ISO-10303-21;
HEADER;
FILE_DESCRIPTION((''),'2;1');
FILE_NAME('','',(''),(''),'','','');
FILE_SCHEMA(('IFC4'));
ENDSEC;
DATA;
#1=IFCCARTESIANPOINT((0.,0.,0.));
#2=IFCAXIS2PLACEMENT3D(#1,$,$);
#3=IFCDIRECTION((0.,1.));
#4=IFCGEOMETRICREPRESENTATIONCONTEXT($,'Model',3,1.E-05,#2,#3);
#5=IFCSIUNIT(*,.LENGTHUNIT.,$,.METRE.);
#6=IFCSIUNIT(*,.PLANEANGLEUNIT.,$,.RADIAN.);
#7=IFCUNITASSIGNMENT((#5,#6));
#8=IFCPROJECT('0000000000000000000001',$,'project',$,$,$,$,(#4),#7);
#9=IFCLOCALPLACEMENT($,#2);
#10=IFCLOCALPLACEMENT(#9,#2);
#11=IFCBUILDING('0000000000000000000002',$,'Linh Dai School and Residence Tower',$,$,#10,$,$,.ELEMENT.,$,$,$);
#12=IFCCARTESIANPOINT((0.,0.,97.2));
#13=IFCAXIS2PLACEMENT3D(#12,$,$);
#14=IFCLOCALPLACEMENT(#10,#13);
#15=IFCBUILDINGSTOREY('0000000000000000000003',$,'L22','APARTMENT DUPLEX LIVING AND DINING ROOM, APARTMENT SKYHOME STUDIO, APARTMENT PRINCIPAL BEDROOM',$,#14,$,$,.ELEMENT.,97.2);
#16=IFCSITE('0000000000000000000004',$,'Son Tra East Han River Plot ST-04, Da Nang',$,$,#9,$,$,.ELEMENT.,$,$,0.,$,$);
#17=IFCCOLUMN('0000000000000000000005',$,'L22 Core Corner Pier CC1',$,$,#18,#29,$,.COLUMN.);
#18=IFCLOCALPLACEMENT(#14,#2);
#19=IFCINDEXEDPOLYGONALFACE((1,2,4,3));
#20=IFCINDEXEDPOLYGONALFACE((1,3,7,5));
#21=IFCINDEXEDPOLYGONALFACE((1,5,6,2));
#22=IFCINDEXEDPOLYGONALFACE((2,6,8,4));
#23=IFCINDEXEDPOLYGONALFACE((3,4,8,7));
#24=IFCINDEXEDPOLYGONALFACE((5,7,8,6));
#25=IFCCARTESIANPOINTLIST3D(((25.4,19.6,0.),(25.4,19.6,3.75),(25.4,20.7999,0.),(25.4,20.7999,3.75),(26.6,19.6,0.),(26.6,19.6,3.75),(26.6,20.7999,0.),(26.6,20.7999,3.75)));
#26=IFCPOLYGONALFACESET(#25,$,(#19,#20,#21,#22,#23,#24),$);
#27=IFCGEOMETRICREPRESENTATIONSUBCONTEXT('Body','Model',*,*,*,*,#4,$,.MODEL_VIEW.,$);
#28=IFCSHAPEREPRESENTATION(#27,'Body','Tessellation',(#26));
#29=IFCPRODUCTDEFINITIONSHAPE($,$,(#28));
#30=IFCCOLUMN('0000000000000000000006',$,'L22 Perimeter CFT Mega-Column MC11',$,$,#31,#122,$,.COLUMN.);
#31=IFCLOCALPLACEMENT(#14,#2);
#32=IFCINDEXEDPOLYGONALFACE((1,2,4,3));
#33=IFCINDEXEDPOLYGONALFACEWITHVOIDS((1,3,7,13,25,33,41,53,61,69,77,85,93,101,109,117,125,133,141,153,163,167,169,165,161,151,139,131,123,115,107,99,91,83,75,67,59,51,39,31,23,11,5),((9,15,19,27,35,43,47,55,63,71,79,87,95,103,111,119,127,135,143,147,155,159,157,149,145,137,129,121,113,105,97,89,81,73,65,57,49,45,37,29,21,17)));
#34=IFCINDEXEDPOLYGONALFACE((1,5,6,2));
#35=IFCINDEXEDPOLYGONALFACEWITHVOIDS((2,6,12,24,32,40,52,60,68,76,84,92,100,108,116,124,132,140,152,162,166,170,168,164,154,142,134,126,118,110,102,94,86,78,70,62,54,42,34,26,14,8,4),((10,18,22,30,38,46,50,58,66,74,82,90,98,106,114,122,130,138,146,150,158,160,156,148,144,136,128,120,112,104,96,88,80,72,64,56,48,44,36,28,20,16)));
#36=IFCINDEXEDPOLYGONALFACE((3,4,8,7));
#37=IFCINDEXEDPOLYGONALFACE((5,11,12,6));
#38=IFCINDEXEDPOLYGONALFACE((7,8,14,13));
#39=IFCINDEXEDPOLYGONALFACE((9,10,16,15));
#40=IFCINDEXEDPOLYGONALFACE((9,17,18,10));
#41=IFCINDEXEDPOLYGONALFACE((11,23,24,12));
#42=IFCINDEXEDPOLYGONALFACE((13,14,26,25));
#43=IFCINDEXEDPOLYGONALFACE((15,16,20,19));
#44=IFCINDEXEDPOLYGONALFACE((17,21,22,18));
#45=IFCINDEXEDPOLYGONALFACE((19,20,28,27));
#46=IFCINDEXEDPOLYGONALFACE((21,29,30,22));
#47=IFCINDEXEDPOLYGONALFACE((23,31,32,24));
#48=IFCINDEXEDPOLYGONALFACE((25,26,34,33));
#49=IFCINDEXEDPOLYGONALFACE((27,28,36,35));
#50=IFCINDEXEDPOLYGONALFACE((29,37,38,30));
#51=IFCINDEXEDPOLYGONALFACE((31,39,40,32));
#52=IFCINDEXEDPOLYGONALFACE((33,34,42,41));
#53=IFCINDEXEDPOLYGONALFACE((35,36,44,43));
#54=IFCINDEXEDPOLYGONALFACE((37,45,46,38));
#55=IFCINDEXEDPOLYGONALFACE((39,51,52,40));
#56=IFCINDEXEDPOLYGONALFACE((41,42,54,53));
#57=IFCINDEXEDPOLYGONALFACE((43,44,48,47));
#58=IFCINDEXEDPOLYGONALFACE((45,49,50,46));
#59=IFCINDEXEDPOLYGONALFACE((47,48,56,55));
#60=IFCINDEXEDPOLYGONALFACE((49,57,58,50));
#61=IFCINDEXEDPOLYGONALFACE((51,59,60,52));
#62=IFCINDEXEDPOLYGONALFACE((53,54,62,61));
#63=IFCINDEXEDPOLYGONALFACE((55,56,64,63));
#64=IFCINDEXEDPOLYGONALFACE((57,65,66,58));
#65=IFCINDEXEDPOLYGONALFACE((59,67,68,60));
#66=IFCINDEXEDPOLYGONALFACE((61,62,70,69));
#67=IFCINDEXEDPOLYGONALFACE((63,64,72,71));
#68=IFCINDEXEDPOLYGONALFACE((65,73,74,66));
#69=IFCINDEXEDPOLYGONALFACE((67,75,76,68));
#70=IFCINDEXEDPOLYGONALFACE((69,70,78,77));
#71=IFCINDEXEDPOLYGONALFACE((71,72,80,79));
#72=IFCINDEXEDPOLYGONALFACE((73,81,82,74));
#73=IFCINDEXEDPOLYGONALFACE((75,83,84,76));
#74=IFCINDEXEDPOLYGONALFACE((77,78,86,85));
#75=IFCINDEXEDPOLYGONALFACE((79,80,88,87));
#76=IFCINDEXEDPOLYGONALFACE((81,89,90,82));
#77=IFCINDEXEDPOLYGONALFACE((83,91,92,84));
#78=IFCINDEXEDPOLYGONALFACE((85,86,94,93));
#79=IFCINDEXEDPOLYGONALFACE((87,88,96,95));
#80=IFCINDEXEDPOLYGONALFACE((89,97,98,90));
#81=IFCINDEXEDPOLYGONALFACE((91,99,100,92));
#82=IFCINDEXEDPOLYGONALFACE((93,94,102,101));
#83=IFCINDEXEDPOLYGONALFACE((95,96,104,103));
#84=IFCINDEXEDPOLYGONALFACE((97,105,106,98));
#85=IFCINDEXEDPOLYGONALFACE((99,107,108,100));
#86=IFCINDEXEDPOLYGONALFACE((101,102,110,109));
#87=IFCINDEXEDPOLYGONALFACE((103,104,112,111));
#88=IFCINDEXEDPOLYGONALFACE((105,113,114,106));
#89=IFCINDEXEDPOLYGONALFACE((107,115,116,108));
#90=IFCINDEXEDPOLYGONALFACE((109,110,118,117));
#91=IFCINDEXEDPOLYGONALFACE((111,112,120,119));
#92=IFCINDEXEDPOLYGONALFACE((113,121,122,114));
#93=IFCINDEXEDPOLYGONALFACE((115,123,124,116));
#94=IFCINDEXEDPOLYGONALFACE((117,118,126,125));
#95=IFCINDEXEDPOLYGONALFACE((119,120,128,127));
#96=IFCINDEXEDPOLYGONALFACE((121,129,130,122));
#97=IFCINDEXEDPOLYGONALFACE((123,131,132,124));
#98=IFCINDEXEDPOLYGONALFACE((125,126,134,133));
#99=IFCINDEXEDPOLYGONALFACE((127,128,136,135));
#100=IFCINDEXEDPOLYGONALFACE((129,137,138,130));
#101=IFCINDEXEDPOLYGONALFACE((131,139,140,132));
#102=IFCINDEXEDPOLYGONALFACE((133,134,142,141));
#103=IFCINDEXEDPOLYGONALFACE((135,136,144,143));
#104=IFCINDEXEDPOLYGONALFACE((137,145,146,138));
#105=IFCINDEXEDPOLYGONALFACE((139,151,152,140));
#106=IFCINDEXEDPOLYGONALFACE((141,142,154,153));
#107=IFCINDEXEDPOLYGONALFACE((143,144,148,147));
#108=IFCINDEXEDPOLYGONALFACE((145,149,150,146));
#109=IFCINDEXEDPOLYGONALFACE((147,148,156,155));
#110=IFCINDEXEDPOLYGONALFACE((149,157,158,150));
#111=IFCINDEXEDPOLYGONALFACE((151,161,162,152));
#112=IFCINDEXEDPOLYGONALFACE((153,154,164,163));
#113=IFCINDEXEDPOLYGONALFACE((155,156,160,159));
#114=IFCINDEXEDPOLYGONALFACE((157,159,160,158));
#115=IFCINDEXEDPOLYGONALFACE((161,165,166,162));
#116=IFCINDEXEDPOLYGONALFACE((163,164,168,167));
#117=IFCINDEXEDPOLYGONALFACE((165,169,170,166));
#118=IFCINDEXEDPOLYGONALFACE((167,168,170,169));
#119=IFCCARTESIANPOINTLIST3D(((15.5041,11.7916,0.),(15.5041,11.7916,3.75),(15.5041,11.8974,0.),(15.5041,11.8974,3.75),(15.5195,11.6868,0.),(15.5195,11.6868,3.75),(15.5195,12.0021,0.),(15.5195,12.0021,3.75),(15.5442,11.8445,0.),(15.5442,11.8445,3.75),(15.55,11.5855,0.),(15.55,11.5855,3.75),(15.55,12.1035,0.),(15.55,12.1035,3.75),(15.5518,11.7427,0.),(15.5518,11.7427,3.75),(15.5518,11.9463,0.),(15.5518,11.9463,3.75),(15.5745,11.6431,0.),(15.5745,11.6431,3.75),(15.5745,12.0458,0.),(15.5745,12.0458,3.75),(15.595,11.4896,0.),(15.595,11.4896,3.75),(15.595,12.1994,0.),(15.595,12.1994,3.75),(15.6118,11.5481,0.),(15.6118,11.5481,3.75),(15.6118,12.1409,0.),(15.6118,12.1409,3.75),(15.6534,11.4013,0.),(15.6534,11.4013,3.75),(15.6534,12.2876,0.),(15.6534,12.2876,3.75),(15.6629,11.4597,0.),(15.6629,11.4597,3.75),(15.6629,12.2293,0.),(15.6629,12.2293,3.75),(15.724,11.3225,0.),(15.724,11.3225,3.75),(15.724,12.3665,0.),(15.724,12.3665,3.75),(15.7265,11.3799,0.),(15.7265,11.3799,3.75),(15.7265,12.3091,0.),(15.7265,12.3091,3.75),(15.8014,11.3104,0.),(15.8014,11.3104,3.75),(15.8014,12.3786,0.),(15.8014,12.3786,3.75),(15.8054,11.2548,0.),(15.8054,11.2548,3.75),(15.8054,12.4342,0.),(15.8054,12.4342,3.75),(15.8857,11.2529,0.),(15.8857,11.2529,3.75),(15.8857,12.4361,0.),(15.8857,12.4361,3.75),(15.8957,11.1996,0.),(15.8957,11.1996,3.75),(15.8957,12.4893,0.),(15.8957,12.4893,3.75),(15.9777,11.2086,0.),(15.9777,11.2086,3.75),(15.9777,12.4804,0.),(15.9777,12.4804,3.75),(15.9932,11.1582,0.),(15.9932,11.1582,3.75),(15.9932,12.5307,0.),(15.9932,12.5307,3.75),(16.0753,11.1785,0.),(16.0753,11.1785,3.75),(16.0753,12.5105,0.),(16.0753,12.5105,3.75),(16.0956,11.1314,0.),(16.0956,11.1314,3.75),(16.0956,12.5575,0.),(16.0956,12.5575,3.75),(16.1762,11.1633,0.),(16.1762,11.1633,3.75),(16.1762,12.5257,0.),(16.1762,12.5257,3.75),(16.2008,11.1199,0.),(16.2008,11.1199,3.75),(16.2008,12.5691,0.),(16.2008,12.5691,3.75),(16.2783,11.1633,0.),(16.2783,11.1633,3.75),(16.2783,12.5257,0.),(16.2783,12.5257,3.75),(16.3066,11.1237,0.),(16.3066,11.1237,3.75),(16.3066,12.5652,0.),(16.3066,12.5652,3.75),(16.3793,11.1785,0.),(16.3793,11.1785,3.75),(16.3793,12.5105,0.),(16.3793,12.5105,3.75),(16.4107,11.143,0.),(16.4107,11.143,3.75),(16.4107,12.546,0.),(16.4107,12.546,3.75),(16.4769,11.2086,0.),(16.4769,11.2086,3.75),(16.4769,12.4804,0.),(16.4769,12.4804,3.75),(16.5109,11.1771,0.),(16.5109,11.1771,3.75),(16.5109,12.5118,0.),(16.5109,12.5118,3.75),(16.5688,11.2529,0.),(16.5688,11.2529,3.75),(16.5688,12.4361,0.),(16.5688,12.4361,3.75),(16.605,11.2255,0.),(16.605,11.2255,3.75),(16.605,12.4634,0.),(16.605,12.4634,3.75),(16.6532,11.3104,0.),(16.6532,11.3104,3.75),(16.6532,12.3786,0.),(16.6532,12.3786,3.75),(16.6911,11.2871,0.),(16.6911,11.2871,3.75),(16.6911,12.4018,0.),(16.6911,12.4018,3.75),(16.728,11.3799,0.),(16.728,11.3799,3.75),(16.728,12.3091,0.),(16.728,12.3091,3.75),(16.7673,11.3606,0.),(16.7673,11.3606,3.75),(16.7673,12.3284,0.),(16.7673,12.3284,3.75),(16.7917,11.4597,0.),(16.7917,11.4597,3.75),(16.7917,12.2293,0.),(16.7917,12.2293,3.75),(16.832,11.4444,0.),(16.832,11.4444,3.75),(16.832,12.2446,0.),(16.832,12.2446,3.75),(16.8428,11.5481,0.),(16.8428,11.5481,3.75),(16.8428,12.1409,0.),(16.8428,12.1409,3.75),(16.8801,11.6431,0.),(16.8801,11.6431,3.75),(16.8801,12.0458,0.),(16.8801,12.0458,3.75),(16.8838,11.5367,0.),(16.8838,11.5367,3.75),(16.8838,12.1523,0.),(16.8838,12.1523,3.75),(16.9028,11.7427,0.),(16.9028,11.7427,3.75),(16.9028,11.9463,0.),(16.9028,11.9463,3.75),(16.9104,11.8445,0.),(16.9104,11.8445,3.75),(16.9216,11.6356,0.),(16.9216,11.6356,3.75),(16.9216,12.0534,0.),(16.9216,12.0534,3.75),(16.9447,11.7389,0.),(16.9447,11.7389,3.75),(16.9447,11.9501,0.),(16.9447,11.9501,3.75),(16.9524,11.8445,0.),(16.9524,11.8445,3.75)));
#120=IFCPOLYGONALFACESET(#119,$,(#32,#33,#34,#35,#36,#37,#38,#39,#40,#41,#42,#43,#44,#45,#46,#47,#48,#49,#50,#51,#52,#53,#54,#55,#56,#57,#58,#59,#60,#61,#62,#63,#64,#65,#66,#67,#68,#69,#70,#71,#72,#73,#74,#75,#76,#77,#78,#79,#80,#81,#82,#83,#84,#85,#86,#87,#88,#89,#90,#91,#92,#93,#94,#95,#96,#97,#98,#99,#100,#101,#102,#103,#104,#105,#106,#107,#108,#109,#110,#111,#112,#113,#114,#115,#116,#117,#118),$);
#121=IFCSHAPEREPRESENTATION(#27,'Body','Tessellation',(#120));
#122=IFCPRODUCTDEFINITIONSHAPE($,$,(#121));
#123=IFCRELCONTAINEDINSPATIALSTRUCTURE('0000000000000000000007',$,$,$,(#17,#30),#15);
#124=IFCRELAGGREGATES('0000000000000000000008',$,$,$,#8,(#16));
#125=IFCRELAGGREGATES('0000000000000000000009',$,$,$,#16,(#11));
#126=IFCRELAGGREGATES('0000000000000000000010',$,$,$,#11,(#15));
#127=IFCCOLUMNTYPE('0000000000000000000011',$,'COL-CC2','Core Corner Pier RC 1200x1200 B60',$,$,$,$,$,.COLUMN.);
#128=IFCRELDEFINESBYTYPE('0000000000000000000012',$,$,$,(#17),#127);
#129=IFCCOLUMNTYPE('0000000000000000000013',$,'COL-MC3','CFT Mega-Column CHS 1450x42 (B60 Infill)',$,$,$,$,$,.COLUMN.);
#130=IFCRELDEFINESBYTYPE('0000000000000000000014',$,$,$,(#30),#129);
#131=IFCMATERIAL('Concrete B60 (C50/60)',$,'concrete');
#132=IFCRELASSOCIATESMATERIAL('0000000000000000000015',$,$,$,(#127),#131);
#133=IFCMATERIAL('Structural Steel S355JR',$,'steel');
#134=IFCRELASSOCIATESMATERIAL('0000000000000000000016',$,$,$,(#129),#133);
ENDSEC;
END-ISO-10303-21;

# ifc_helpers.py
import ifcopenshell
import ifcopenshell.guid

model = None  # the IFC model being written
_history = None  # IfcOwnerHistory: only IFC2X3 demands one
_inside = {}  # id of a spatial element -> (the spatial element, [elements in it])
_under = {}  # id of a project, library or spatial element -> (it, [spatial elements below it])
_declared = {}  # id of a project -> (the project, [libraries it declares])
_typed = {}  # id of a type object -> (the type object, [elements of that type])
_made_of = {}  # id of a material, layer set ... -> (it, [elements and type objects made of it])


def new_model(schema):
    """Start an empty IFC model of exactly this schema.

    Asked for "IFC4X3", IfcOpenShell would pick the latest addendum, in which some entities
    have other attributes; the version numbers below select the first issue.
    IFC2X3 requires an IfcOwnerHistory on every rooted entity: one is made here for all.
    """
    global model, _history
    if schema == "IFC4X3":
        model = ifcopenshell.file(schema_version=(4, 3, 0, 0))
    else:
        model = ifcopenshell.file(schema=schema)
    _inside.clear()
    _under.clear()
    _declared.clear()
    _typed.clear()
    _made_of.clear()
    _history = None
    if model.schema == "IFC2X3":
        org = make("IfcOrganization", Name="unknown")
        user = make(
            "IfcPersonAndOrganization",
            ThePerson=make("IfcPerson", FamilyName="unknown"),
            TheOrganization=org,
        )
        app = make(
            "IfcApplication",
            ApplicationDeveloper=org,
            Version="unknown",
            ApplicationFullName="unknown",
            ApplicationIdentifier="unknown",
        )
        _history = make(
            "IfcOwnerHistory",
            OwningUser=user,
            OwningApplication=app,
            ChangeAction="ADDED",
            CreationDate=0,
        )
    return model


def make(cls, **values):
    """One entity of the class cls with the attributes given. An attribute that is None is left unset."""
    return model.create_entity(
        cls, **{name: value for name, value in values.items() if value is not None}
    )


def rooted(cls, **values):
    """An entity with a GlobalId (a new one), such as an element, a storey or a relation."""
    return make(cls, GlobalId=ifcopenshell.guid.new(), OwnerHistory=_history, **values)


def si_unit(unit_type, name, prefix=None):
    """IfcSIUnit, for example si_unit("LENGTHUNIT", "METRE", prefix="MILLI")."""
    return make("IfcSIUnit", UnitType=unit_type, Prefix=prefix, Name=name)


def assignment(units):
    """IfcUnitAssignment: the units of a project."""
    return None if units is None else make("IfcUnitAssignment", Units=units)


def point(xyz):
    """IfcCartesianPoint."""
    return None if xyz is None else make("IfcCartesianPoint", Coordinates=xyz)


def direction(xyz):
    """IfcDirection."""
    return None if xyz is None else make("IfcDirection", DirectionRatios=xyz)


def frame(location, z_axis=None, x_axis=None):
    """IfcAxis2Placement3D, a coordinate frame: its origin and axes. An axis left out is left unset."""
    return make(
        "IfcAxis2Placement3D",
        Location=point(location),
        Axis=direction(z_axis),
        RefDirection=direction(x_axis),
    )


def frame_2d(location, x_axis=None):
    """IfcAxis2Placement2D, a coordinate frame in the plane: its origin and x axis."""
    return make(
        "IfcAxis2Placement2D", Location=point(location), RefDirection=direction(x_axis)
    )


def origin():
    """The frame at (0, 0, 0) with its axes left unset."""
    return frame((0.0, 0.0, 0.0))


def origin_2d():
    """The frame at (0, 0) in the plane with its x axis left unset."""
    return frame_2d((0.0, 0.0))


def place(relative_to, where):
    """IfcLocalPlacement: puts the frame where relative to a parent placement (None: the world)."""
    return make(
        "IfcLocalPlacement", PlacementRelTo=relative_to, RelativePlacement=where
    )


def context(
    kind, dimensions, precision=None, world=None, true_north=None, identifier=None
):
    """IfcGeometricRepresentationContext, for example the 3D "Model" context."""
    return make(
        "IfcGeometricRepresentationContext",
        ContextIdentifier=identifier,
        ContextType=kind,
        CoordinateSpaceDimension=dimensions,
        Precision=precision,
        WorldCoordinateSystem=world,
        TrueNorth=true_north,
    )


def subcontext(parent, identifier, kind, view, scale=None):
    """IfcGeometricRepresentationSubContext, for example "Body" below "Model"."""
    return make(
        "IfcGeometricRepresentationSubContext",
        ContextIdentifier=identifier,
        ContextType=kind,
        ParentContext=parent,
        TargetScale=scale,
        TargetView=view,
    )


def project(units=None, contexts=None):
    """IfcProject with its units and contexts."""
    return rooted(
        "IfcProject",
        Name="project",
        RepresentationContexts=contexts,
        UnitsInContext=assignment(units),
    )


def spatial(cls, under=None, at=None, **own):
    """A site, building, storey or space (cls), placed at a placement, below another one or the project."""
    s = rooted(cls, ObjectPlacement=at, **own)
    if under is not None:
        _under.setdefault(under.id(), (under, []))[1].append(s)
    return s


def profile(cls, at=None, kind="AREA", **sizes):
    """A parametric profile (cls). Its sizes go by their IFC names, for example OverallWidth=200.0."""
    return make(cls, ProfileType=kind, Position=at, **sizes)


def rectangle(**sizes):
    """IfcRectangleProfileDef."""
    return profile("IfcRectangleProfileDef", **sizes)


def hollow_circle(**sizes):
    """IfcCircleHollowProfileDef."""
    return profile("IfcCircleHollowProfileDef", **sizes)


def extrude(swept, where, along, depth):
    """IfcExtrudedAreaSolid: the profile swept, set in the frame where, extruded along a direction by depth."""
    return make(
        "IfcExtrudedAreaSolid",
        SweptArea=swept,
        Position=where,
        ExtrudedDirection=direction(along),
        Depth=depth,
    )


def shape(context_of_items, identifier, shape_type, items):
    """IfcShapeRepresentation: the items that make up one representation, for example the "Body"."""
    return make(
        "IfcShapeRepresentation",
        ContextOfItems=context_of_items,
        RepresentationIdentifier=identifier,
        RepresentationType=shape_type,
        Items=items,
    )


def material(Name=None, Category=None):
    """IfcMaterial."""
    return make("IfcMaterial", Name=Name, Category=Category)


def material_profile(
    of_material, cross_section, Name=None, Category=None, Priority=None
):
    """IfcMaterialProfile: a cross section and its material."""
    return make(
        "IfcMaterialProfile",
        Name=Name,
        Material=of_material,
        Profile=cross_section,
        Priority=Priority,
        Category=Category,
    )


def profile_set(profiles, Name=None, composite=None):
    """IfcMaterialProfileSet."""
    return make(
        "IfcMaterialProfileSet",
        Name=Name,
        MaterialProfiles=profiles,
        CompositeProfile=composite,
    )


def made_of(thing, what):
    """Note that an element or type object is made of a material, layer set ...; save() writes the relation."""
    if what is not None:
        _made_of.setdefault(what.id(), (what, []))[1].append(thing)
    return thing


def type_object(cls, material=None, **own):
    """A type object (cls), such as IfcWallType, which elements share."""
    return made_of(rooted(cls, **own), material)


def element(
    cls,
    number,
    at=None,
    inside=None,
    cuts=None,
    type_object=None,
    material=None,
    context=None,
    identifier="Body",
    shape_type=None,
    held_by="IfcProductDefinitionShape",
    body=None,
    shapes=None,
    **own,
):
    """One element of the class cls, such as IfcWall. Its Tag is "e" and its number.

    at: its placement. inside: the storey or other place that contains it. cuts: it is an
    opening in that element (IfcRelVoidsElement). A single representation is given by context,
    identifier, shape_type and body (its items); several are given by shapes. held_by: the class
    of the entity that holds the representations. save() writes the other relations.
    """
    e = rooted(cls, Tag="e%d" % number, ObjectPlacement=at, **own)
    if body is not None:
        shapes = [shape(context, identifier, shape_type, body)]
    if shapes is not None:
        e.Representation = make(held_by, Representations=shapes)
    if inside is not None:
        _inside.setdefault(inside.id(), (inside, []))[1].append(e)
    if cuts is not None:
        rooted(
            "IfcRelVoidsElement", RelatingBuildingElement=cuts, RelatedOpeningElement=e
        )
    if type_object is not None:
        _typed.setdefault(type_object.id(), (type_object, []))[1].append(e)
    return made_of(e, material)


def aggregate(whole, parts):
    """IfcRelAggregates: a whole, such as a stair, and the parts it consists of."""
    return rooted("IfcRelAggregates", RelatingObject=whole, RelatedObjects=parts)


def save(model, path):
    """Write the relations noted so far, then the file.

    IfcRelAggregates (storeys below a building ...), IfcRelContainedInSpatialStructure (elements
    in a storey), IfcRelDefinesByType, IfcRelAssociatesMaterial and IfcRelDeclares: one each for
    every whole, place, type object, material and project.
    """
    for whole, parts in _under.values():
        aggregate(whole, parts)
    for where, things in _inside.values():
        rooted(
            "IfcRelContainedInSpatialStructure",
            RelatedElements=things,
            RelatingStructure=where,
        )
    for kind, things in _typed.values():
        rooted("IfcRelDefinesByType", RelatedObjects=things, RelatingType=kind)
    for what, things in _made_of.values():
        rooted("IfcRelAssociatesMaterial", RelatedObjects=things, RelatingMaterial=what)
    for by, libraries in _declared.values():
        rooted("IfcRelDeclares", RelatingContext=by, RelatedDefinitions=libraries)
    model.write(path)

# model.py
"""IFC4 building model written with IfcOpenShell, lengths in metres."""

from ifc_helpers import new_model, si_unit, direction, frame, origin, origin_2d, place, context, subcontext, project, spatial, rectangle, hollow_circle, extrude, material, material_profile, profile_set, type_object, element, save


model = new_model("IFC4")

# Units and contexts
model_context = context("Model", 3, precision=1e-05, world=origin(), true_north=direction((0.0, 1.0)))
body_context = subcontext(model_context, "Body", "Model", "MODEL_VIEW")
ifc_project = project(units=[si_unit("LENGTHUNIT", "METRE"), si_unit("PLANEANGLEUNIT", "RADIAN")], contexts=[model_context])

# Site, building, storey
site_placement = place(None, origin())
site = spatial("IfcSite", under=ifc_project, at=site_placement, Name="Son Tra East Han River Plot ST-04, Da Nang", CompositionType="ELEMENT", RefElevation=0.0)
building_placement = place(site_placement, origin())
building = spatial("IfcBuilding", under=site, at=building_placement, Name="Linh Dai School and Residence Tower", CompositionType="ELEMENT")
storey_placement = place(building_placement, frame((0.0, 0.0, 97.2)))
storey = spatial("IfcBuildingStorey", under=building, at=storey_placement, Name="L22", Description="APARTMENT DUPLEX LIVING AND DINING ROOM, APARTMENT SKYHOME STUDIO, APARTMENT PRINCIPAL BEDROOM", CompositionType="ELEMENT", Elevation=97.2)

# Columns
ifc_material_1 = material(Name="Concrete B60 (C50/60)", Category="concrete")
ifc_material_profile_1 = material_profile(ifc_material_1, rectangle(XDim=1.2, YDim=1.2, at=origin_2d()), Name="RC 1200x1200")
ifc_profile_set_1 = profile_set([ifc_material_profile_1], Name="Concrete B60 (C50/60)")
column_type_1 = type_object("IfcColumnType", Name="COL-CC2", Description="Core Corner Pier RC 1200x1200 B60", PredefinedType="COLUMN", material=ifc_profile_set_1)
column_placement = place(storey_placement, frame((26.0, 20.2, 0.0), z_axis=(0.0, 0.0, 1.0), x_axis=(1.0, 0.0, 0.0)))
element("IfcColumn", 1, at=column_placement, inside=storey, type_object=column_type_1, Name="L22 Core Corner Pier CC1", PredefinedType="COLUMN", context=body_context, shape_type="SweptSolid", body=[
    extrude(rectangle(XDim=1.2, YDim=1.2, at=origin_2d()), origin(), (0.0, 0.0, 1.0), 3.75),
])
ifc_material_2 = material(Name="Structural Steel S355JR", Category="steel")
ifc_material_profile_2 = material_profile(ifc_material_2, hollow_circle(Radius=0.7251, WallThickness=0.042, at=origin_2d()), Name="CHS 1450x42")
ifc_profile_set_2 = profile_set([ifc_material_profile_2], Name="Structural Steel S355JR")
column_type_2 = type_object("IfcColumnType", Name="COL-MC3", Description="CFT Mega-Column CHS 1450x42 (B60 Infill)", PredefinedType="COLUMN", material=ifc_profile_set_2)
for number, where, z_axis, x_axis, name in (
    (2, (16.2273, 11.8445, 0.0), (0.0, 0.0, 1.0), (1.0, 0.0, 0.0), "L22 Perimeter CFT Mega-Column MC11"),
):
    element("IfcColumn", number, at=place(storey_placement, frame(where, z_axis=z_axis, x_axis=x_axis)), inside=storey, type_object=column_type_2, Name=name, PredefinedType="COLUMN", context=body_context, shape_type="SweptSolid", body=[
        extrude(hollow_circle(Radius=0.7251, WallThickness=0.042, at=origin_2d()), origin(), (0.0, 0.0, 1.0), 3.75),
    ])

save(model, "model.ifc")
